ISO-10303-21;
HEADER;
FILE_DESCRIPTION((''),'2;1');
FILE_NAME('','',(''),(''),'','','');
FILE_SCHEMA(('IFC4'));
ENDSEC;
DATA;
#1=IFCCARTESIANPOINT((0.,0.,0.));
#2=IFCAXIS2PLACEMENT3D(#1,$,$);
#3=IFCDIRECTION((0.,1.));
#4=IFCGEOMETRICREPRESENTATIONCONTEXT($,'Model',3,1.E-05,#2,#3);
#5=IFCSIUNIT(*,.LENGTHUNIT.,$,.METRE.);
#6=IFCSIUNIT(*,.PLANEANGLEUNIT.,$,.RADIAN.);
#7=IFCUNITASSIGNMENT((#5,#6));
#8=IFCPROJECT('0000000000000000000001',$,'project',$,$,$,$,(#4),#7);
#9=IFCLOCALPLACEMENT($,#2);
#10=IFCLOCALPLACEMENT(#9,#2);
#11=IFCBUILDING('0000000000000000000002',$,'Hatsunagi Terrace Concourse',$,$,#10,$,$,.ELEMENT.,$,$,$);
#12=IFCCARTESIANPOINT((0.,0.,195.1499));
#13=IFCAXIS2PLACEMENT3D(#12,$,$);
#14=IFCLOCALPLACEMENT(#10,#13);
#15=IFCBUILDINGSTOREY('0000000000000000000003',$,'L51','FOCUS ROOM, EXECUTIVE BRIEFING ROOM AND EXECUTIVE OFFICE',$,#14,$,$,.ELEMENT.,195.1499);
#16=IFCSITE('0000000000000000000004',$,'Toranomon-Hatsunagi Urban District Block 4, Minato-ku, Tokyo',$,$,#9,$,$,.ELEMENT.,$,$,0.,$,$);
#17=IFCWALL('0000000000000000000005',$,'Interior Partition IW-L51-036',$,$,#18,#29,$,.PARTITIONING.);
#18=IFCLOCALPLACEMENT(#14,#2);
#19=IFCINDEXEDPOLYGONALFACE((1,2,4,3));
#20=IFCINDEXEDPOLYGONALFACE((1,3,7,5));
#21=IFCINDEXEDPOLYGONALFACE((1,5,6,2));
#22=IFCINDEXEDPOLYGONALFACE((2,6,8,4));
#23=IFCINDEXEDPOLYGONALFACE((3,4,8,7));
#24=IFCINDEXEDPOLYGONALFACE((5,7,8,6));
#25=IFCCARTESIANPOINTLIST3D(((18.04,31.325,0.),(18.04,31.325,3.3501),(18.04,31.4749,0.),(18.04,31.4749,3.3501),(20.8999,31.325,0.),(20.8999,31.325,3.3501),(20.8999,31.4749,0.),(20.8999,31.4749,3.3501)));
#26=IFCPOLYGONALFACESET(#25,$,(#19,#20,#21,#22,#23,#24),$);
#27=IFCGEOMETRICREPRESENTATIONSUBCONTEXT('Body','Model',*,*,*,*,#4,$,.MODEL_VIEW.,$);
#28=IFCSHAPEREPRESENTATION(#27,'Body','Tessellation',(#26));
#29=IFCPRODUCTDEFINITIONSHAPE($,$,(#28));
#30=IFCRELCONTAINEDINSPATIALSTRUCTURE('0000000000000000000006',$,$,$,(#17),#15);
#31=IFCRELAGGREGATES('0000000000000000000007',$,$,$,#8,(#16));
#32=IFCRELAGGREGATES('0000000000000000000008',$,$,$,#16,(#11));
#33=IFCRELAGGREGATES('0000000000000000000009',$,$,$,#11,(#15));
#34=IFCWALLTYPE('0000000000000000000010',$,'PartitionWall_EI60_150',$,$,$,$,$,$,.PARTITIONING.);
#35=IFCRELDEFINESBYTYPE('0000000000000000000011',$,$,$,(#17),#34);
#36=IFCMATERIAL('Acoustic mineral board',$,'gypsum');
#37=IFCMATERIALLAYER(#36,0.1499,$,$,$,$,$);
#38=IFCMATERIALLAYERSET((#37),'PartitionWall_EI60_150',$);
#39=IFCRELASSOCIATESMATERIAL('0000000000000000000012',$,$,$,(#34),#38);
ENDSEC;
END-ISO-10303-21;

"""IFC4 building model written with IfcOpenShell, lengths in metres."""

from ifc_helpers import new_model, si_unit, direction, frame, frame_2d, origin, place, context, subcontext, project, spatial, rectangle, extrude, material, layer, layer_set, type_object, element, save


model = new_model("IFC4")

# Units and contexts
model_context = context("Model", 3, precision=1e-05, world=origin(), true_north=direction((0.0, 1.0)))
body_context = subcontext(model_context, "Body", "Model", "MODEL_VIEW")
ifc_project = project(units=[si_unit("LENGTHUNIT", "METRE"), si_unit("PLANEANGLEUNIT", "RADIAN")], contexts=[model_context])

# Site, building, storey
site_placement = place(None, origin())
site = spatial("IfcSite", under=ifc_project, at=site_placement, Name="Toranomon-Hatsunagi Urban District Block 4, Minato-ku, Tokyo", CompositionType="ELEMENT", RefElevation=0.0)
building_placement = place(site_placement, origin())
building = spatial("IfcBuilding", under=site, at=building_placement, Name="Hatsunagi Terrace Concourse", CompositionType="ELEMENT")
storey_placement = place(building_placement, frame((0.0, 0.0, 195.1499)))
storey = spatial("IfcBuildingStorey", under=building, at=storey_placement, Name="L51", Description="FOCUS ROOM, EXECUTIVE BRIEFING ROOM AND EXECUTIVE OFFICE", CompositionType="ELEMENT", Elevation=195.1499)

# Wall
ifc_material_1 = material(Name="Acoustic mineral board", Category="gypsum")
ifc_layer_1 = layer(ifc_material_1, 0.1499)
ifc_layer_set_1 = layer_set([ifc_layer_1], Name="PartitionWall_EI60_150")
wall_type = type_object("IfcWallType", Name="PartitionWall_EI60_150", PredefinedType="PARTITIONING", material=ifc_layer_set_1)
for number, where, z_axis, x_axis, name in (
    (1, (18.04, 31.3999, 0.0), (0.0, 0.0, 1.0), (1.0, 0.0, 0.0), "Interior Partition IW-L51-036"),
):
    element("IfcWall", number, at=place(storey_placement, frame(where, z_axis=z_axis, x_axis=x_axis)), inside=storey, type_object=wall_type, Name=name, PredefinedType="PARTITIONING", context=body_context, shape_type="SweptSolid", body=[
        extrude(rectangle(XDim=2.8599, YDim=0.1499, at=frame_2d((1.4299, 0.0))), origin(), (0.0, 0.0, 1.0), 3.3501),
    ])

save(model, "model.ifc")
